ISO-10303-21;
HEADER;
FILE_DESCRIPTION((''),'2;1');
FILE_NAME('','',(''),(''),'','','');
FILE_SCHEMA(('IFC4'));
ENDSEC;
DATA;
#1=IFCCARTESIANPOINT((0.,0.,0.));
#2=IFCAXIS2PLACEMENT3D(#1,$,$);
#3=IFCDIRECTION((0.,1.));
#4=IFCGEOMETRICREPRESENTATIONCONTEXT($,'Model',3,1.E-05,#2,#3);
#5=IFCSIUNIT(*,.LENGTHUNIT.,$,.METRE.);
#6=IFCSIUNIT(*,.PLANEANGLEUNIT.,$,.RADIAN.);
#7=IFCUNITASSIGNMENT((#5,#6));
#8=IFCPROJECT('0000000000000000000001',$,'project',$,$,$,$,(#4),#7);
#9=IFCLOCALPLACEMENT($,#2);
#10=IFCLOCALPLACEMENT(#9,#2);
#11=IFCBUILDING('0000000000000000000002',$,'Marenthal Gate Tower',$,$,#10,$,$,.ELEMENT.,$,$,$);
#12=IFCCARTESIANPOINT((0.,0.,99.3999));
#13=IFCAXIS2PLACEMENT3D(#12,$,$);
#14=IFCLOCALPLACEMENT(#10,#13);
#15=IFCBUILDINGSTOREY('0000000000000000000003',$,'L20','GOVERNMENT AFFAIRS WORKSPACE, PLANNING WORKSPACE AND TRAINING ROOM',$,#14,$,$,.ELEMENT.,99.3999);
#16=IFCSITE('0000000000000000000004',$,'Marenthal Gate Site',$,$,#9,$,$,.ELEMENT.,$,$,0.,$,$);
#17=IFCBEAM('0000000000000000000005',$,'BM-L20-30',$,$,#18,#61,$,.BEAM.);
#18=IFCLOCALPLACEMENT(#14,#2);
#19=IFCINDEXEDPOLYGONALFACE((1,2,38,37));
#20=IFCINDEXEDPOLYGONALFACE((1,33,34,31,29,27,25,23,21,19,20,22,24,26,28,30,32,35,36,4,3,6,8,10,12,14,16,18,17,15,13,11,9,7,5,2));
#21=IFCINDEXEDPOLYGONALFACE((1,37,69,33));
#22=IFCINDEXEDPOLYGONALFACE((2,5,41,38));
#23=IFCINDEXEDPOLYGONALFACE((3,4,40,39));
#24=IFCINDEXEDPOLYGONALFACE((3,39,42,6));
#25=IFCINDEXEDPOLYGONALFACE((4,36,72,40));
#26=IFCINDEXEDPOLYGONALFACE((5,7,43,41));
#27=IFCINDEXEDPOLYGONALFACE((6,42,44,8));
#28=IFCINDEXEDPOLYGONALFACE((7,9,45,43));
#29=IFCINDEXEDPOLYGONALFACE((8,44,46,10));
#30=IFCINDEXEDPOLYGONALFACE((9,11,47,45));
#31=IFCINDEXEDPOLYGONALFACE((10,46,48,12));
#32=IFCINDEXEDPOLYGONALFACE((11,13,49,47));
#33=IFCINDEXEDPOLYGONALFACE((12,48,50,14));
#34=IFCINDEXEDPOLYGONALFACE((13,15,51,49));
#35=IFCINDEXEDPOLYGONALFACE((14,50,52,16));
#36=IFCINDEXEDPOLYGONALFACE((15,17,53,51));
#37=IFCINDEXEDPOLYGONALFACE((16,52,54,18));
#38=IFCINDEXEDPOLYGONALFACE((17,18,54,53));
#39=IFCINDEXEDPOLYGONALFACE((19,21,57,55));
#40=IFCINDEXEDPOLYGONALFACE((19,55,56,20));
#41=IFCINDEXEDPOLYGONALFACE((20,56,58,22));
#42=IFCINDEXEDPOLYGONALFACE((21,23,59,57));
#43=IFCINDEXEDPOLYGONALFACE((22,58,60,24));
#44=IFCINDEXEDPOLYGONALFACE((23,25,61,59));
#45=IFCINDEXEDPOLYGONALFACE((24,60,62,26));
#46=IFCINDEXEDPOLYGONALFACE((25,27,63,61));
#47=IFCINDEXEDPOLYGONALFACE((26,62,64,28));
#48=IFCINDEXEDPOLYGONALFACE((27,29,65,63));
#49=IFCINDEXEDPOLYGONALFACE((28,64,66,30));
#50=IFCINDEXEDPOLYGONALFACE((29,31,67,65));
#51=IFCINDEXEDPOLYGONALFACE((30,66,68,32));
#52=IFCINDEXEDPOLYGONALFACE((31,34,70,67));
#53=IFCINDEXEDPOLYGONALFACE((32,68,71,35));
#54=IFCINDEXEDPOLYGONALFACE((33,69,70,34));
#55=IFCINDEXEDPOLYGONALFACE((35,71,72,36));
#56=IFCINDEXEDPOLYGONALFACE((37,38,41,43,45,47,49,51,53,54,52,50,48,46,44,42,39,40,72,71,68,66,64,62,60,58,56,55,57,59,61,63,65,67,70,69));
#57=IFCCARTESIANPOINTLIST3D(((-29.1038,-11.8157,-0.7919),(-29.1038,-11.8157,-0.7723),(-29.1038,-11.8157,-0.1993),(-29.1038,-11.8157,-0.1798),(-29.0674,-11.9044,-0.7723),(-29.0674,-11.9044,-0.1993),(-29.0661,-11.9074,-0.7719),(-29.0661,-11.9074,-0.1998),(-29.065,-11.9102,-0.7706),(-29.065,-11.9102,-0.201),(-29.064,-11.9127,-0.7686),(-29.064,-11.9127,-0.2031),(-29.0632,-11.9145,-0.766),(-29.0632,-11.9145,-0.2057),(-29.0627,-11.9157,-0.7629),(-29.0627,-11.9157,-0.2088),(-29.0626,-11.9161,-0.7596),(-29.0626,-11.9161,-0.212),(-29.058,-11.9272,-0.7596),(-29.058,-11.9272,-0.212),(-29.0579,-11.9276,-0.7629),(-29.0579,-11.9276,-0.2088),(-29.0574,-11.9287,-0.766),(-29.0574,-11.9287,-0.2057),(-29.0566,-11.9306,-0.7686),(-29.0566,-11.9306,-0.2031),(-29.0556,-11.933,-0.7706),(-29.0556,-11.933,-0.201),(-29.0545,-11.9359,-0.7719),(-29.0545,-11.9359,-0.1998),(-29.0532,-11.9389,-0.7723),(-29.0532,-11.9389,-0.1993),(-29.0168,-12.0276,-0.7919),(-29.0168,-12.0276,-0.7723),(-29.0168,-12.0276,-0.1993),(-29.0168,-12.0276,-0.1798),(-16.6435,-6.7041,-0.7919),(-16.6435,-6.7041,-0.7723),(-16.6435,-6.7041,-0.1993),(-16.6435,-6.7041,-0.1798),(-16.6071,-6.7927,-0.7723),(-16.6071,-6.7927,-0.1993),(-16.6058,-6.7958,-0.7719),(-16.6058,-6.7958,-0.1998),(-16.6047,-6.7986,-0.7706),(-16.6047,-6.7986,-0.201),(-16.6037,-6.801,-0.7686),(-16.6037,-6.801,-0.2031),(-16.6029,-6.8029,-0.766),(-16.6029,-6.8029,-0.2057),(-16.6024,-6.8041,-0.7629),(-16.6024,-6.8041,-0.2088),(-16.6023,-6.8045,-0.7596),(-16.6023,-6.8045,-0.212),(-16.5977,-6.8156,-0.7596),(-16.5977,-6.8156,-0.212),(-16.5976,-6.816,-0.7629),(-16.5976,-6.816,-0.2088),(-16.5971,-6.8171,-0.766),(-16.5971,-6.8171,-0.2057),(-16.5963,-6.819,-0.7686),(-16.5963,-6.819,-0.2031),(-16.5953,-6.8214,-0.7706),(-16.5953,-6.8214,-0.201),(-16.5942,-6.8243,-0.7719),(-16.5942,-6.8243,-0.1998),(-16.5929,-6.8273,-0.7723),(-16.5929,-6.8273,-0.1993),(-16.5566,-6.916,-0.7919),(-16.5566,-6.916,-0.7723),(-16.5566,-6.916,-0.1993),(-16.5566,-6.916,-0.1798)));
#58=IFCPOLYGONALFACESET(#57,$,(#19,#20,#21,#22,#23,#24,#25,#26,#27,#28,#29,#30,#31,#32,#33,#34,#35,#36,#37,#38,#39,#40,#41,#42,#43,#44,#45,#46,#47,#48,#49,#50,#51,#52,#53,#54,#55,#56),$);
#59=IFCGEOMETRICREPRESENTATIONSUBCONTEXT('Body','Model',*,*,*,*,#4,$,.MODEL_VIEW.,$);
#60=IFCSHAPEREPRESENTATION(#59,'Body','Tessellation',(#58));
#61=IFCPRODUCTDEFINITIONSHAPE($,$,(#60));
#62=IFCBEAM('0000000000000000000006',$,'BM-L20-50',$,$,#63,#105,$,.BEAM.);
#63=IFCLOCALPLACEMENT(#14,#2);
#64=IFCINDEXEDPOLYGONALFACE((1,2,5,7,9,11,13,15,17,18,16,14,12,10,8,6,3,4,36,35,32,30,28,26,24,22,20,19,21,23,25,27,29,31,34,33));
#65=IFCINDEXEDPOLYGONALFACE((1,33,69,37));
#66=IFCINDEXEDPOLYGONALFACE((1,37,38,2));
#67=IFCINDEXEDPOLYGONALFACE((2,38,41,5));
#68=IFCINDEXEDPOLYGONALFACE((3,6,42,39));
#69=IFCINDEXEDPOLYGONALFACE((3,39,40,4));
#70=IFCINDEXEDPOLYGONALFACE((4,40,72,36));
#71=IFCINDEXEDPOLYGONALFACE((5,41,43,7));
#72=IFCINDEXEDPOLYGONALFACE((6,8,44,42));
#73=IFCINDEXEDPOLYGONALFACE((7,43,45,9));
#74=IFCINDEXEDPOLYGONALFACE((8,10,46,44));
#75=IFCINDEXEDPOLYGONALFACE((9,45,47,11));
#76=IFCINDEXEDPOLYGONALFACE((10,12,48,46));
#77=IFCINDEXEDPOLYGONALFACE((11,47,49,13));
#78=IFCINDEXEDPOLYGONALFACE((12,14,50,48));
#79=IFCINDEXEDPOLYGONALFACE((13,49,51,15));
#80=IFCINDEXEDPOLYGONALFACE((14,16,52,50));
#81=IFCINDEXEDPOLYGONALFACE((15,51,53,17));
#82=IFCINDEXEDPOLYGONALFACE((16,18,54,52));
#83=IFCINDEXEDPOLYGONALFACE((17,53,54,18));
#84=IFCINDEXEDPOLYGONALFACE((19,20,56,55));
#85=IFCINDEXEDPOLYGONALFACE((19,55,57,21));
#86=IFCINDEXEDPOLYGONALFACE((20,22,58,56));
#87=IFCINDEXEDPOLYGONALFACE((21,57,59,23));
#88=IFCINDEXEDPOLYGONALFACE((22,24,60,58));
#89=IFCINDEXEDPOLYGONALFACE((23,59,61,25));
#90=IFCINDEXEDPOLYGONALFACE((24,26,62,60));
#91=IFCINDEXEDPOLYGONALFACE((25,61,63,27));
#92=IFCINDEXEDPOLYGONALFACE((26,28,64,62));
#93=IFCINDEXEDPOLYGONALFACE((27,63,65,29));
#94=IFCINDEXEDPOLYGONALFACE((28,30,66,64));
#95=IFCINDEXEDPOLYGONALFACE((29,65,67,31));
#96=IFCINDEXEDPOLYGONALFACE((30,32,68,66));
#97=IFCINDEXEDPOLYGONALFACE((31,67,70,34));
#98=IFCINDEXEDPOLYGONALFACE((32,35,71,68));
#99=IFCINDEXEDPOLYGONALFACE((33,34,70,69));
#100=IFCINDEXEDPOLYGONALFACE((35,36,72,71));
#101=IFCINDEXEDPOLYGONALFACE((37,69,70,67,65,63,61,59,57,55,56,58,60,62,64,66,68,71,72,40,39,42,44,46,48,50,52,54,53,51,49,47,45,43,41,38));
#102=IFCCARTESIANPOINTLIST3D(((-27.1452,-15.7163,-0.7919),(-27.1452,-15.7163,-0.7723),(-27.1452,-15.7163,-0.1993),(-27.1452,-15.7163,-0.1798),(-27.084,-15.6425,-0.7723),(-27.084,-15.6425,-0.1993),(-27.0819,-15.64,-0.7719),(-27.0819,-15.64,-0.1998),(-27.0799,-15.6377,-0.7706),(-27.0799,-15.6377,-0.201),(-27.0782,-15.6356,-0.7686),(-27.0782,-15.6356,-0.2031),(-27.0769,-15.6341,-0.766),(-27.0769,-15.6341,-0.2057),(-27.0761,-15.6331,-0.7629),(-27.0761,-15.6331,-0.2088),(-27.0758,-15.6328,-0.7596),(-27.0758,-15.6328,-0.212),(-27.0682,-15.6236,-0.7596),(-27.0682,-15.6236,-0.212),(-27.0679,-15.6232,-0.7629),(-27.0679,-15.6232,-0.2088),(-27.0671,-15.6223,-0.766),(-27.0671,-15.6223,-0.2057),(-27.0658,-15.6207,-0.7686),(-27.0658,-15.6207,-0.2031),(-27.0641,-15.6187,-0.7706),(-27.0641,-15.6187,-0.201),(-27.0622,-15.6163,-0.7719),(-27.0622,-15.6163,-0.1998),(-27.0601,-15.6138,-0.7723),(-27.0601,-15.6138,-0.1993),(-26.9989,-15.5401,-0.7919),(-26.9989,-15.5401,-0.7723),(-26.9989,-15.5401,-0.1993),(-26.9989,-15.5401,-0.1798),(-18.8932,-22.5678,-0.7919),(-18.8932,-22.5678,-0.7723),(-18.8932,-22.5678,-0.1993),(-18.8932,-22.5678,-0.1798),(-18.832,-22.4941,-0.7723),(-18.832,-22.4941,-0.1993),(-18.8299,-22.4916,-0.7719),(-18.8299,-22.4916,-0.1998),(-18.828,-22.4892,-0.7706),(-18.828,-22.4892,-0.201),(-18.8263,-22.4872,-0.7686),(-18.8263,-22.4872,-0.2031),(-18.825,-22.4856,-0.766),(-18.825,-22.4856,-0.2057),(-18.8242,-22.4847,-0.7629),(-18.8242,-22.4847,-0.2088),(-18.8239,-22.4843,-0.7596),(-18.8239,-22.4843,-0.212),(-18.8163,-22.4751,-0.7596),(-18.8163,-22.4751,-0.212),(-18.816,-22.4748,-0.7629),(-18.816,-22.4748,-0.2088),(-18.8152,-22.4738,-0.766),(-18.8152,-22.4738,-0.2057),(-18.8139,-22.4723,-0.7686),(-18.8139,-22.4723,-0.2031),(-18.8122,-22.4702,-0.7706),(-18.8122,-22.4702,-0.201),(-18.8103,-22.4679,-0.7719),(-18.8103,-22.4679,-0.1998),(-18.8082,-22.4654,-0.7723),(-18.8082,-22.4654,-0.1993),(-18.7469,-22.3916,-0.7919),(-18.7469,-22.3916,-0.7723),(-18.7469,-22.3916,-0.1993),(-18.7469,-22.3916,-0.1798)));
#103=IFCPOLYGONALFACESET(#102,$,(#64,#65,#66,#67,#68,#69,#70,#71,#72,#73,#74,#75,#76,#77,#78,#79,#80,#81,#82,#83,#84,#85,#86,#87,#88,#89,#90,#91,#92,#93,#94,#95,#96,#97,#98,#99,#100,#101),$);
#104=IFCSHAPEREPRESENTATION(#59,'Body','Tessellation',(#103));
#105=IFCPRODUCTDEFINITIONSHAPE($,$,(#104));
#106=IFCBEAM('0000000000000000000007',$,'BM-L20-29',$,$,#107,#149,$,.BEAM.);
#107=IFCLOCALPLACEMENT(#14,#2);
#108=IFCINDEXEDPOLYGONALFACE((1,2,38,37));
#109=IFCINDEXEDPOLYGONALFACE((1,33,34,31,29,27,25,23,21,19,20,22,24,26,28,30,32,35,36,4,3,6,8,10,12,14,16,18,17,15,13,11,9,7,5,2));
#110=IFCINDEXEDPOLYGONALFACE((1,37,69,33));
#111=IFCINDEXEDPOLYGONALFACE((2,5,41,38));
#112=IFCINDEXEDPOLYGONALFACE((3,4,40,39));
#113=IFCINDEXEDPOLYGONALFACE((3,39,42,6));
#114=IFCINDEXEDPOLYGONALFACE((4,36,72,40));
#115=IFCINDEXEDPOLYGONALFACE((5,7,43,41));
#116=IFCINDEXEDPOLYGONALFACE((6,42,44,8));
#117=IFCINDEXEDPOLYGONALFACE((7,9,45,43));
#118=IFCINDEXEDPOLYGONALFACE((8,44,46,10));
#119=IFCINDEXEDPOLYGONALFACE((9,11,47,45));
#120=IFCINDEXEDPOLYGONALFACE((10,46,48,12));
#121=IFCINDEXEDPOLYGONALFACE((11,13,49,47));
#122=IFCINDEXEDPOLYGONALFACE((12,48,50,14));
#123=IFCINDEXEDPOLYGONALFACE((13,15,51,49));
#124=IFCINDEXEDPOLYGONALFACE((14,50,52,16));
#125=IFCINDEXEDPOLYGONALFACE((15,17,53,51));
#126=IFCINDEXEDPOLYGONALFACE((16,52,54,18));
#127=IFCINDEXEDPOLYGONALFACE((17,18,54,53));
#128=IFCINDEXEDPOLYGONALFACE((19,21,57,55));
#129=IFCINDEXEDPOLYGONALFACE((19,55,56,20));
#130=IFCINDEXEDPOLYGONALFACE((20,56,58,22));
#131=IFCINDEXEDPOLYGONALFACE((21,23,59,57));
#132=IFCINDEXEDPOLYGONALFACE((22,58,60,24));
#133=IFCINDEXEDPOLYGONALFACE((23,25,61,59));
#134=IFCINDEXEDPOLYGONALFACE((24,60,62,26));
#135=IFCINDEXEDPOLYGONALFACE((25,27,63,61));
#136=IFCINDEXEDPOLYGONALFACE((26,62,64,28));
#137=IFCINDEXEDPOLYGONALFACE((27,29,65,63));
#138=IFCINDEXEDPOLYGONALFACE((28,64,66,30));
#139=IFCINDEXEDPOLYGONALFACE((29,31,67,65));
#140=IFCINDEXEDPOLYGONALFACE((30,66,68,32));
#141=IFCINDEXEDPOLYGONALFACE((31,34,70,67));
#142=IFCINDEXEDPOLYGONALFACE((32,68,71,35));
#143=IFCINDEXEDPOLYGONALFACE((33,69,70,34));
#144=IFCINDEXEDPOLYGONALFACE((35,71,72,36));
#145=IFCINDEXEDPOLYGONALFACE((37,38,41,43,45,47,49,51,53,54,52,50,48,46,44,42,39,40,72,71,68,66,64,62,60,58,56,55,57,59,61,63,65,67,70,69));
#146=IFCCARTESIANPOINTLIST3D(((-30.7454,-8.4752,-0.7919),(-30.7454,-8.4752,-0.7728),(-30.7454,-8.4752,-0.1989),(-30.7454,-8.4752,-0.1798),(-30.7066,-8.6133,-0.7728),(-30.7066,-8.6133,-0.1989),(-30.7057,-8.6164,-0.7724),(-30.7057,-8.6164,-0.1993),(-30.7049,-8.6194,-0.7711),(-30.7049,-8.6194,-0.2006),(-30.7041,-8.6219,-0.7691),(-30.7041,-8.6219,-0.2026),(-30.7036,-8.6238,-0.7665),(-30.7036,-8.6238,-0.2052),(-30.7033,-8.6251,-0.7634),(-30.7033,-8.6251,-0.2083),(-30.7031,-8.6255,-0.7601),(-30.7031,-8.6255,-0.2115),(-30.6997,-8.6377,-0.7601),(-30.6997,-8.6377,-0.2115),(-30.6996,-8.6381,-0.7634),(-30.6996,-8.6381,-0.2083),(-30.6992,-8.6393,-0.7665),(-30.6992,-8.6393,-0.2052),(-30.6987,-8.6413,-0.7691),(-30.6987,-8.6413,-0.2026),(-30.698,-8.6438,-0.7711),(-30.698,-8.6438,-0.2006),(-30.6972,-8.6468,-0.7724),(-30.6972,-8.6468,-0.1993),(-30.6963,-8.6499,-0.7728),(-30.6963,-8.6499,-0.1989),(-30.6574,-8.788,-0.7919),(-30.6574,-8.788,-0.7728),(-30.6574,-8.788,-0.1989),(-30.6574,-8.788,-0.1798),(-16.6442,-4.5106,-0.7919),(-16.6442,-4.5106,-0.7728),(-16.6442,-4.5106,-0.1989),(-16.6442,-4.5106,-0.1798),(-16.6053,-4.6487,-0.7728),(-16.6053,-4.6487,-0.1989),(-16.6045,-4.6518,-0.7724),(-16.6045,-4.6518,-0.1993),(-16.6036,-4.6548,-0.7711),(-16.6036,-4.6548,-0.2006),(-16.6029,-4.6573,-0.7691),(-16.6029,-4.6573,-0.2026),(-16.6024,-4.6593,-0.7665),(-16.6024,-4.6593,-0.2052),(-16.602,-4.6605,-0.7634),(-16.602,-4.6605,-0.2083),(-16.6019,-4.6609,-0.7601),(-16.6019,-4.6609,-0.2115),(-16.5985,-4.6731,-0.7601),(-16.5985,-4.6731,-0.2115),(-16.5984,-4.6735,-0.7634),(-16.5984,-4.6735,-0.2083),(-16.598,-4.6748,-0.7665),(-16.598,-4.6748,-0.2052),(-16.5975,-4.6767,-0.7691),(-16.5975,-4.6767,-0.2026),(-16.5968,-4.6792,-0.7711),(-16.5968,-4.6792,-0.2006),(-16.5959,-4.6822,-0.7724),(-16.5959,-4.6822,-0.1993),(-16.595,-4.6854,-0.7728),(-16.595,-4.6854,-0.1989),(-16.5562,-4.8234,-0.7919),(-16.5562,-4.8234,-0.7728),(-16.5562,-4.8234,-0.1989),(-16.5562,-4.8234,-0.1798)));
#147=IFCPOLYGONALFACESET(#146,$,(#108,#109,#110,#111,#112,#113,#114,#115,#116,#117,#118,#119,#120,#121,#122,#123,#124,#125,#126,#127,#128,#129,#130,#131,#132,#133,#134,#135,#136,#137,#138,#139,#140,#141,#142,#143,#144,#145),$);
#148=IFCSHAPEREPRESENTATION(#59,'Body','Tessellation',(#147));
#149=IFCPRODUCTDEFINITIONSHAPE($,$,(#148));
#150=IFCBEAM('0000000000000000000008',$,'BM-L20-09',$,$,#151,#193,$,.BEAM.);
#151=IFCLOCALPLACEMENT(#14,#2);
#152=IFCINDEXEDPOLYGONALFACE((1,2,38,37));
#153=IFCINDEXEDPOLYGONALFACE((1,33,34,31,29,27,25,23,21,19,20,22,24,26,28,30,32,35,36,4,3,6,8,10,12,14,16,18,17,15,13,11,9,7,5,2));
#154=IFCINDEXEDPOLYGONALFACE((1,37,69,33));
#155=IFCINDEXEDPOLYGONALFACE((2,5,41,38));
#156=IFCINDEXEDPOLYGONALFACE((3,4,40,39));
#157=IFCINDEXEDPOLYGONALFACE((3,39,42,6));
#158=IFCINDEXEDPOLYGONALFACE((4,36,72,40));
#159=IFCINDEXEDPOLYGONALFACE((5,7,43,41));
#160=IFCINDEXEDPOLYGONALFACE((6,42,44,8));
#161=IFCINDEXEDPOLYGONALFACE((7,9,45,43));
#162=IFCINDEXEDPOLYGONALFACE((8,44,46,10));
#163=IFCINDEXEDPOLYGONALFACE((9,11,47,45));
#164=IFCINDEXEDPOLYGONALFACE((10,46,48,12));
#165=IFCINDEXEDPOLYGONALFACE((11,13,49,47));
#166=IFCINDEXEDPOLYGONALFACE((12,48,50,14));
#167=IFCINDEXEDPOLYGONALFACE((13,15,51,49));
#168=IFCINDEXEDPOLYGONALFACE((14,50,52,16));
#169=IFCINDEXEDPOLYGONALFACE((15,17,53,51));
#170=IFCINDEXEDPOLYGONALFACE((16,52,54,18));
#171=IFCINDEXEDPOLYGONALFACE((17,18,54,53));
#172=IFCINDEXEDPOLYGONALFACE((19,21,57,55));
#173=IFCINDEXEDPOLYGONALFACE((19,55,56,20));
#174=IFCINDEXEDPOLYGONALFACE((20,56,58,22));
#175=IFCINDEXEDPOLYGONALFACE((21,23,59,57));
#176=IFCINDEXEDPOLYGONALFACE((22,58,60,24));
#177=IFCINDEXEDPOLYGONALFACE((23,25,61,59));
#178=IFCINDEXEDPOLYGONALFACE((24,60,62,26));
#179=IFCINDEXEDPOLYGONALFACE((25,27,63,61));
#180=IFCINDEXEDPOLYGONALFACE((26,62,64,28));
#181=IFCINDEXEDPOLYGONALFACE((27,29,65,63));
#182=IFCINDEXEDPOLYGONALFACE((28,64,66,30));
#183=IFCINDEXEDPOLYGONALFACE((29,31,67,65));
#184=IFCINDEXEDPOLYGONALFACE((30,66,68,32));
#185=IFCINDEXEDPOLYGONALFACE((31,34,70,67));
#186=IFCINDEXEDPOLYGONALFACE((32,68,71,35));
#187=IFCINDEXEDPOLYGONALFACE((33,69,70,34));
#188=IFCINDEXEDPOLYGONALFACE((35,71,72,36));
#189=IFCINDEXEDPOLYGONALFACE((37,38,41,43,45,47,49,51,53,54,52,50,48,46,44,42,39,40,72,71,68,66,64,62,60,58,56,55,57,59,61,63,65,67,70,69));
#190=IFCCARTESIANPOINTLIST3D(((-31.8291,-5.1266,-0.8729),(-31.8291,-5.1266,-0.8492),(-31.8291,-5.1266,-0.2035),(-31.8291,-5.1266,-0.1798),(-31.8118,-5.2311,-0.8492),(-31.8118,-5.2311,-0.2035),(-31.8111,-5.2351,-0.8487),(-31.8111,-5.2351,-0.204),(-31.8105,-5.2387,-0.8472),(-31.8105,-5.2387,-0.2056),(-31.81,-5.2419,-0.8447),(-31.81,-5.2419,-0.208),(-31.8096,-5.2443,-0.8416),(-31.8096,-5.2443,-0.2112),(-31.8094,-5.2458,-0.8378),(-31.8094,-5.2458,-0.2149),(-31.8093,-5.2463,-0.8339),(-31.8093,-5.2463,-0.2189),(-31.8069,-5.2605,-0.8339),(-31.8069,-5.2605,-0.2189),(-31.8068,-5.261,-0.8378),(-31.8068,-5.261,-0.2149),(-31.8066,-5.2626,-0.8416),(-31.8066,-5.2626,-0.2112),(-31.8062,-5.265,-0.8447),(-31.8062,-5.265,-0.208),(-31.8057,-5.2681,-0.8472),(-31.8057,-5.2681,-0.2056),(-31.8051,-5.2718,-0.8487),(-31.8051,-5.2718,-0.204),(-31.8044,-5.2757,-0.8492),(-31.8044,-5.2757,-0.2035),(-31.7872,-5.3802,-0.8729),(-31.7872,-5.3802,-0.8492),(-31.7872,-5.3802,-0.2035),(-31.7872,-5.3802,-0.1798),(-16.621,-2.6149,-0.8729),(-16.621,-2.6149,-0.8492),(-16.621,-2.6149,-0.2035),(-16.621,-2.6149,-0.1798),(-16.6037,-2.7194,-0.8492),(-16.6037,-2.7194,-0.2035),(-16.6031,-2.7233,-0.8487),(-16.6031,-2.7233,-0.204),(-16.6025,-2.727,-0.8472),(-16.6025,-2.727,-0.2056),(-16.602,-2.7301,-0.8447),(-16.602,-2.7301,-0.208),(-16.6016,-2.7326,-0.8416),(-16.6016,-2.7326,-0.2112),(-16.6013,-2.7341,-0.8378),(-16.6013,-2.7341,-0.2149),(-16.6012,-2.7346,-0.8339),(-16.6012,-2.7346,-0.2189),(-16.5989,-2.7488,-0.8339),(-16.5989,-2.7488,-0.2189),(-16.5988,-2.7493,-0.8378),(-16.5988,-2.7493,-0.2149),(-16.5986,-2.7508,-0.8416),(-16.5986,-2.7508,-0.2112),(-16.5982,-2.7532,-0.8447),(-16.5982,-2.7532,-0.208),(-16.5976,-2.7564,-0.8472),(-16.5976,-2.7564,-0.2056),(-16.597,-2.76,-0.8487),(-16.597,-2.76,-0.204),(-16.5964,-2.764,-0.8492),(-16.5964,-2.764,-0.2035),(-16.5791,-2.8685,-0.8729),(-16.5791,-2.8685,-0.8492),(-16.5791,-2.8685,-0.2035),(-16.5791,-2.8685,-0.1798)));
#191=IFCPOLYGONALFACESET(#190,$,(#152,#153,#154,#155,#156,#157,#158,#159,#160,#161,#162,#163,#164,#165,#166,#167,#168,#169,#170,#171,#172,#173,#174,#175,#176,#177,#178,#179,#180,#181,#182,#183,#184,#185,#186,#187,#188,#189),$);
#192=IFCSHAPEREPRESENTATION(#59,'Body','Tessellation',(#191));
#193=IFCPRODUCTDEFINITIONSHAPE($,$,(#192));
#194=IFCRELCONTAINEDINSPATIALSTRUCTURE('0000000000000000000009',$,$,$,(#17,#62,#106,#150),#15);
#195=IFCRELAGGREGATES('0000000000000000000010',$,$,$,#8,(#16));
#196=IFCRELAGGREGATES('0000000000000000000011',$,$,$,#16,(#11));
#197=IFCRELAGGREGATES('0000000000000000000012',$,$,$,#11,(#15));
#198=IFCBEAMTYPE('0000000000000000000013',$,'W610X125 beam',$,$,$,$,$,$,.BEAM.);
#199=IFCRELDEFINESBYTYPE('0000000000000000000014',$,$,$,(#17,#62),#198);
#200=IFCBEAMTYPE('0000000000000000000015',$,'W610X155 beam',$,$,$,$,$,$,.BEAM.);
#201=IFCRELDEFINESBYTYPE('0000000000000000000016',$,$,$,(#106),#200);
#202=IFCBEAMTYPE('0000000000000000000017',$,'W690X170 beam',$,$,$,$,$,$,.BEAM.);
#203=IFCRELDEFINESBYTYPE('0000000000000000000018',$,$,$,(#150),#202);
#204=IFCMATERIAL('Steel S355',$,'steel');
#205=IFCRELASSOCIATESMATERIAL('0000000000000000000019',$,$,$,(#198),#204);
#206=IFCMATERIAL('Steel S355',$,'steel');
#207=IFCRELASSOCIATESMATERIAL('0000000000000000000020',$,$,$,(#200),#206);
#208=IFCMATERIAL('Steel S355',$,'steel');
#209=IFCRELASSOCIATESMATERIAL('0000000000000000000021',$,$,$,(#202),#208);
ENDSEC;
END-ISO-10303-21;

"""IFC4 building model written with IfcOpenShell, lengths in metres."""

from ifc_helpers import new_model, si_unit, direction, frame, origin, origin_2d, place, context, subcontext, project, spatial, i_section, extrude, material, material_profile, profile_set, type_object, element, save


model = new_model("IFC4")

# Units and contexts
model_context = context("Model", 3, precision=1e-05, world=origin(), true_north=direction((0.0, 1.0)))
body_context = subcontext(model_context, "Body", "Model", "MODEL_VIEW")
ifc_project = project(units=[si_unit("LENGTHUNIT", "METRE"), si_unit("PLANEANGLEUNIT", "RADIAN")], contexts=[model_context])

# Site, building, storey
site_placement = place(None, origin())
site = spatial("IfcSite", under=ifc_project, at=site_placement, Name="Marenthal Gate Site", CompositionType="ELEMENT", RefElevation=0.0)
building_placement = place(site_placement, origin())
building = spatial("IfcBuilding", under=site, at=building_placement, Name="Marenthal Gate Tower", CompositionType="ELEMENT")
storey_placement = place(building_placement, frame((0.0, 0.0, 99.3999)))
storey = spatial("IfcBuildingStorey", under=building, at=storey_placement, Name="L20", Description="GOVERNMENT AFFAIRS WORKSPACE, PLANNING WORKSPACE AND TRAINING ROOM", CompositionType="ELEMENT", Elevation=99.3999)

# Beams
ifc_material_1 = material(Name="Steel S355", Category="steel")
ifc_material_profile_1 = material_profile(ifc_material_1, i_section(OverallWidth=0.229, OverallDepth=0.6121, WebThickness=0.012, FlangeThickness=0.0195, FilletRadius=0.0127, at=origin_2d()), Name="W610X125")
ifc_profile_set_1 = profile_set([ifc_material_profile_1], Name="Steel S355")
beam_type_1 = type_object("IfcBeamType", Name="W610X125 beam", PredefinedType="BEAM", material=ifc_profile_set_1)
beam_1_placement = place(storey_placement, frame((-29.0603, -11.9216, -0.4858), z_axis=(0.925177, 0.379537, 0.0), x_axis=(-0.379537, 0.925177, 0.0)))
element("IfcBeam", 1, at=beam_1_placement, inside=storey, type_object=beam_type_1, Name="BM-L20-30", PredefinedType="BEAM", context=body_context, shape_type="SweptSolid", body=[
    extrude(i_section(OverallWidth=0.229, OverallDepth=0.6121, WebThickness=0.012, FlangeThickness=0.0195, FilletRadius=0.0127, at=origin_2d()), origin(), (0.0, 0.0, 1.0), 13.468),
])
beam_2_placement = place(storey_placement, frame((-27.072, -15.6282, -0.4858), z_axis=(0.769369, -0.638804, 0.0), x_axis=(0.638804, 0.769369, 0.0)))
element("IfcBeam", 2, at=beam_2_placement, inside=storey, type_object=beam_type_1, Name="BM-L20-50", PredefinedType="BEAM", context=body_context, shape_type="SweptSolid", body=[
    extrude(i_section(OverallWidth=0.229, OverallDepth=0.6121, WebThickness=0.012, FlangeThickness=0.0195, FilletRadius=0.0127, at=origin_2d()), origin(), (0.0, 0.0, 1.0), 10.7256),
])
ifc_material_2 = material(Name="Steel S355", Category="steel")
ifc_material_profile_2 = material_profile(ifc_material_2, i_section(OverallWidth=0.325, OverallDepth=0.6121, WebThickness=0.0127, FlangeThickness=0.019, FilletRadius=0.0127, at=origin_2d()), Name="W610X155")
ifc_profile_set_2 = profile_set([ifc_material_profile_2], Name="Steel S355")
beam_type_2 = type_object("IfcBeamType", Name="W610X155 beam", PredefinedType="BEAM", material=ifc_profile_set_2)
beam_3_placement = place(storey_placement, frame((-30.7014, -8.6316, -0.4858), z_axis=(0.962676, 0.270657, 0.0), x_axis=(-0.270657, 0.962676, 0.0)))
element("IfcBeam", 3, at=beam_3_placement, inside=storey, type_object=beam_type_2, Name="BM-L20-29", PredefinedType="BEAM", context=body_context, shape_type="SweptSolid", body=[
    extrude(i_section(OverallWidth=0.325, OverallDepth=0.6121, WebThickness=0.0127, FlangeThickness=0.019, FilletRadius=0.0127, at=origin_2d()), origin(), (0.0, 0.0, 1.0), 14.6479),
])
ifc_material_3 = material(Name="Steel S355", Category="steel")
ifc_material_profile_3 = material_profile(ifc_material_3, i_section(OverallWidth=0.2571, OverallDepth=0.6931, WebThickness=0.0144, FlangeThickness=0.0237, FilletRadius=0.0154, at=origin_2d()), Name="W690X170")
ifc_profile_set_3 = profile_set([ifc_material_profile_3], Name="Steel S355")
beam_type_3 = type_object("IfcBeamType", Name="W690X170 beam", PredefinedType="BEAM", material=ifc_profile_set_3)
beam_4_placement = place(storey_placement, frame((-31.8081, -5.2534, -0.5264), z_axis=(0.986634, 0.16295, 0.0), x_axis=(-0.16295, 0.986634, 0.0)))
element("IfcBeam", 4, at=beam_4_placement, inside=storey, type_object=beam_type_3, Name="BM-L20-09", PredefinedType="BEAM", context=body_context, shape_type="SweptSolid", body=[
    extrude(i_section(OverallWidth=0.2571, OverallDepth=0.6931, WebThickness=0.0144, FlangeThickness=0.0237, FilletRadius=0.0154, at=origin_2d()), origin(), (0.0, 0.0, 1.0), 15.4141),
])

save(model, "model.ifc")
